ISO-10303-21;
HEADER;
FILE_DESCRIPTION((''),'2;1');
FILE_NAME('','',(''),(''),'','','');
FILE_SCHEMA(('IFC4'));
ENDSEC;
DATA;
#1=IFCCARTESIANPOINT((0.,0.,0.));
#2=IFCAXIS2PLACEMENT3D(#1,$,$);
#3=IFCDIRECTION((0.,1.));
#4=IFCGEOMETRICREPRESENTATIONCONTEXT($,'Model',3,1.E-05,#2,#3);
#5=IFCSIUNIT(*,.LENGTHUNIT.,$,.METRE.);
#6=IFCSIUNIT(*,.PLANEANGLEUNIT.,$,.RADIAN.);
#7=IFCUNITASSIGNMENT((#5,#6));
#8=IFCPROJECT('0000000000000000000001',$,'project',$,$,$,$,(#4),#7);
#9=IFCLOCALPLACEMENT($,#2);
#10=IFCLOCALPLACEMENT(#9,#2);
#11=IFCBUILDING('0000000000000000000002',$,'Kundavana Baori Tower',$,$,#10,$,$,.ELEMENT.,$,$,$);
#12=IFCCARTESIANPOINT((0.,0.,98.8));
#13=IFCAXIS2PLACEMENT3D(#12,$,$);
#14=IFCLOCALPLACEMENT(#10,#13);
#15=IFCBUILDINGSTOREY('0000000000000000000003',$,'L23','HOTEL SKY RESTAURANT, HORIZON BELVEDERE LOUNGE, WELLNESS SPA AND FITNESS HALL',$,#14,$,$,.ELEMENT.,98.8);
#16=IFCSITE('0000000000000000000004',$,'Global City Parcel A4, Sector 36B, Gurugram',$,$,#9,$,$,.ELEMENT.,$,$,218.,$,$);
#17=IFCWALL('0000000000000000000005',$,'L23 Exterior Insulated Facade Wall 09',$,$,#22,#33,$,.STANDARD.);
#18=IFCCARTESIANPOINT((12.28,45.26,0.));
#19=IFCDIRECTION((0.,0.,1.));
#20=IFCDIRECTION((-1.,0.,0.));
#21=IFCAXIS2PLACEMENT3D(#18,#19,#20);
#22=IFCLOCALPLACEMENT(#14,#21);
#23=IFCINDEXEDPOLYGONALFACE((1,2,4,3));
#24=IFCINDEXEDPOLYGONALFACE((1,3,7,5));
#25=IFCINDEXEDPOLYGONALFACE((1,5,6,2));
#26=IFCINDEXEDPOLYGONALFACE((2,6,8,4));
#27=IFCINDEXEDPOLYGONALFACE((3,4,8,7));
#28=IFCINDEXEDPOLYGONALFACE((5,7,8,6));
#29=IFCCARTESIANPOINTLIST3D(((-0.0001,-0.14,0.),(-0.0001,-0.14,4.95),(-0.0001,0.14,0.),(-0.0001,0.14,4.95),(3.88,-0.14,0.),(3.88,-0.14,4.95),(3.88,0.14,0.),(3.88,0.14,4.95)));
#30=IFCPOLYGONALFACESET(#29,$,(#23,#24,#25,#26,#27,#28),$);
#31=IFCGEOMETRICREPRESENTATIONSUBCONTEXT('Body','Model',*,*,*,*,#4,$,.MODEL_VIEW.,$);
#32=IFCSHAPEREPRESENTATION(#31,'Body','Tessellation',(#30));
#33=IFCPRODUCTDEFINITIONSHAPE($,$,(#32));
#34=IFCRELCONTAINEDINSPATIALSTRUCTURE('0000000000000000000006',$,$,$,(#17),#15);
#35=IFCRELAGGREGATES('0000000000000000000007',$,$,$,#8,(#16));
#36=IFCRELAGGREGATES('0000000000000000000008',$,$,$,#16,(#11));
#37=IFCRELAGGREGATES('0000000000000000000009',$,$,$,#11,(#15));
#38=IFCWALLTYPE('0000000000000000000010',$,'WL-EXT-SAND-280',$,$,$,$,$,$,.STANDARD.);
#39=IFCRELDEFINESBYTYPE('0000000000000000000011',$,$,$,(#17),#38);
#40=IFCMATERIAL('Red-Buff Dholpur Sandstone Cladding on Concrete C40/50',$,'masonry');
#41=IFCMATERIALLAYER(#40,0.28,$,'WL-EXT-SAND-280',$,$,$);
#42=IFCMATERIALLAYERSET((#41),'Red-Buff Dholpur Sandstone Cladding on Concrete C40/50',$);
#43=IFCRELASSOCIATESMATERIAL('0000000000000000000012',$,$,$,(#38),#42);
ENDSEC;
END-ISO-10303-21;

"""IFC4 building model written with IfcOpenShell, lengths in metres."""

from ifc_helpers import new_model, si_unit, direction, frame, frame_2d, origin, place, context, subcontext, project, spatial, rectangle, extrude, material, layer, layer_set, type_object, element, save


model = new_model("IFC4")

# Units and contexts
model_context = context("Model", 3, precision=1e-05, world=origin(), true_north=direction((0.0, 1.0)))
body_context = subcontext(model_context, "Body", "Model", "MODEL_VIEW")
ifc_project = project(units=[si_unit("LENGTHUNIT", "METRE"), si_unit("PLANEANGLEUNIT", "RADIAN")], contexts=[model_context])

# Site, building, storey
site_placement = place(None, origin())
site = spatial("IfcSite", under=ifc_project, at=site_placement, Name="Global City Parcel A4, Sector 36B, Gurugram", CompositionType="ELEMENT", RefElevation=218.0)
building_placement = place(site_placement, origin())
building = spatial("IfcBuilding", under=site, at=building_placement, Name="Kundavana Baori Tower", CompositionType="ELEMENT")
storey_placement = place(building_placement, frame((0.0, 0.0, 98.8)))
storey = spatial("IfcBuildingStorey", under=building, at=storey_placement, Name="L23", Description="HOTEL SKY RESTAURANT, HORIZON BELVEDERE LOUNGE, WELLNESS SPA AND FITNESS HALL", CompositionType="ELEMENT", Elevation=98.8)

# Wall
ifc_material_1 = material(Name="Red-Buff Dholpur Sandstone Cladding on Concrete C40/50", Category="masonry")
ifc_layer_1 = layer(ifc_material_1, 0.28, Name="WL-EXT-SAND-280")
ifc_layer_set_1 = layer_set([ifc_layer_1], Name="Red-Buff Dholpur Sandstone Cladding on Concrete C40/50")
wall_type_1 = type_object("IfcWallType", Name="WL-EXT-SAND-280", PredefinedType="STANDARD", material=ifc_layer_set_1)
wall_1_placement = place(storey_placement, frame((12.28, 45.26, 0.0), z_axis=(0.0, 0.0, 1.0), x_axis=(-1.0, 0.0, 0.0)))
element("IfcWall", 1, at=wall_1_placement, inside=storey, type_object=wall_type_1, Name="L23 Exterior Insulated Facade Wall 09", PredefinedType="STANDARD", context=body_context, shape_type="SweptSolid", body=[
    extrude(rectangle(XDim=3.8801, YDim=0.28, at=frame_2d((1.9399, 0.0))), origin(), (0.0, 0.0, 1.0), 4.95),
])

save(model, "model.ifc")
